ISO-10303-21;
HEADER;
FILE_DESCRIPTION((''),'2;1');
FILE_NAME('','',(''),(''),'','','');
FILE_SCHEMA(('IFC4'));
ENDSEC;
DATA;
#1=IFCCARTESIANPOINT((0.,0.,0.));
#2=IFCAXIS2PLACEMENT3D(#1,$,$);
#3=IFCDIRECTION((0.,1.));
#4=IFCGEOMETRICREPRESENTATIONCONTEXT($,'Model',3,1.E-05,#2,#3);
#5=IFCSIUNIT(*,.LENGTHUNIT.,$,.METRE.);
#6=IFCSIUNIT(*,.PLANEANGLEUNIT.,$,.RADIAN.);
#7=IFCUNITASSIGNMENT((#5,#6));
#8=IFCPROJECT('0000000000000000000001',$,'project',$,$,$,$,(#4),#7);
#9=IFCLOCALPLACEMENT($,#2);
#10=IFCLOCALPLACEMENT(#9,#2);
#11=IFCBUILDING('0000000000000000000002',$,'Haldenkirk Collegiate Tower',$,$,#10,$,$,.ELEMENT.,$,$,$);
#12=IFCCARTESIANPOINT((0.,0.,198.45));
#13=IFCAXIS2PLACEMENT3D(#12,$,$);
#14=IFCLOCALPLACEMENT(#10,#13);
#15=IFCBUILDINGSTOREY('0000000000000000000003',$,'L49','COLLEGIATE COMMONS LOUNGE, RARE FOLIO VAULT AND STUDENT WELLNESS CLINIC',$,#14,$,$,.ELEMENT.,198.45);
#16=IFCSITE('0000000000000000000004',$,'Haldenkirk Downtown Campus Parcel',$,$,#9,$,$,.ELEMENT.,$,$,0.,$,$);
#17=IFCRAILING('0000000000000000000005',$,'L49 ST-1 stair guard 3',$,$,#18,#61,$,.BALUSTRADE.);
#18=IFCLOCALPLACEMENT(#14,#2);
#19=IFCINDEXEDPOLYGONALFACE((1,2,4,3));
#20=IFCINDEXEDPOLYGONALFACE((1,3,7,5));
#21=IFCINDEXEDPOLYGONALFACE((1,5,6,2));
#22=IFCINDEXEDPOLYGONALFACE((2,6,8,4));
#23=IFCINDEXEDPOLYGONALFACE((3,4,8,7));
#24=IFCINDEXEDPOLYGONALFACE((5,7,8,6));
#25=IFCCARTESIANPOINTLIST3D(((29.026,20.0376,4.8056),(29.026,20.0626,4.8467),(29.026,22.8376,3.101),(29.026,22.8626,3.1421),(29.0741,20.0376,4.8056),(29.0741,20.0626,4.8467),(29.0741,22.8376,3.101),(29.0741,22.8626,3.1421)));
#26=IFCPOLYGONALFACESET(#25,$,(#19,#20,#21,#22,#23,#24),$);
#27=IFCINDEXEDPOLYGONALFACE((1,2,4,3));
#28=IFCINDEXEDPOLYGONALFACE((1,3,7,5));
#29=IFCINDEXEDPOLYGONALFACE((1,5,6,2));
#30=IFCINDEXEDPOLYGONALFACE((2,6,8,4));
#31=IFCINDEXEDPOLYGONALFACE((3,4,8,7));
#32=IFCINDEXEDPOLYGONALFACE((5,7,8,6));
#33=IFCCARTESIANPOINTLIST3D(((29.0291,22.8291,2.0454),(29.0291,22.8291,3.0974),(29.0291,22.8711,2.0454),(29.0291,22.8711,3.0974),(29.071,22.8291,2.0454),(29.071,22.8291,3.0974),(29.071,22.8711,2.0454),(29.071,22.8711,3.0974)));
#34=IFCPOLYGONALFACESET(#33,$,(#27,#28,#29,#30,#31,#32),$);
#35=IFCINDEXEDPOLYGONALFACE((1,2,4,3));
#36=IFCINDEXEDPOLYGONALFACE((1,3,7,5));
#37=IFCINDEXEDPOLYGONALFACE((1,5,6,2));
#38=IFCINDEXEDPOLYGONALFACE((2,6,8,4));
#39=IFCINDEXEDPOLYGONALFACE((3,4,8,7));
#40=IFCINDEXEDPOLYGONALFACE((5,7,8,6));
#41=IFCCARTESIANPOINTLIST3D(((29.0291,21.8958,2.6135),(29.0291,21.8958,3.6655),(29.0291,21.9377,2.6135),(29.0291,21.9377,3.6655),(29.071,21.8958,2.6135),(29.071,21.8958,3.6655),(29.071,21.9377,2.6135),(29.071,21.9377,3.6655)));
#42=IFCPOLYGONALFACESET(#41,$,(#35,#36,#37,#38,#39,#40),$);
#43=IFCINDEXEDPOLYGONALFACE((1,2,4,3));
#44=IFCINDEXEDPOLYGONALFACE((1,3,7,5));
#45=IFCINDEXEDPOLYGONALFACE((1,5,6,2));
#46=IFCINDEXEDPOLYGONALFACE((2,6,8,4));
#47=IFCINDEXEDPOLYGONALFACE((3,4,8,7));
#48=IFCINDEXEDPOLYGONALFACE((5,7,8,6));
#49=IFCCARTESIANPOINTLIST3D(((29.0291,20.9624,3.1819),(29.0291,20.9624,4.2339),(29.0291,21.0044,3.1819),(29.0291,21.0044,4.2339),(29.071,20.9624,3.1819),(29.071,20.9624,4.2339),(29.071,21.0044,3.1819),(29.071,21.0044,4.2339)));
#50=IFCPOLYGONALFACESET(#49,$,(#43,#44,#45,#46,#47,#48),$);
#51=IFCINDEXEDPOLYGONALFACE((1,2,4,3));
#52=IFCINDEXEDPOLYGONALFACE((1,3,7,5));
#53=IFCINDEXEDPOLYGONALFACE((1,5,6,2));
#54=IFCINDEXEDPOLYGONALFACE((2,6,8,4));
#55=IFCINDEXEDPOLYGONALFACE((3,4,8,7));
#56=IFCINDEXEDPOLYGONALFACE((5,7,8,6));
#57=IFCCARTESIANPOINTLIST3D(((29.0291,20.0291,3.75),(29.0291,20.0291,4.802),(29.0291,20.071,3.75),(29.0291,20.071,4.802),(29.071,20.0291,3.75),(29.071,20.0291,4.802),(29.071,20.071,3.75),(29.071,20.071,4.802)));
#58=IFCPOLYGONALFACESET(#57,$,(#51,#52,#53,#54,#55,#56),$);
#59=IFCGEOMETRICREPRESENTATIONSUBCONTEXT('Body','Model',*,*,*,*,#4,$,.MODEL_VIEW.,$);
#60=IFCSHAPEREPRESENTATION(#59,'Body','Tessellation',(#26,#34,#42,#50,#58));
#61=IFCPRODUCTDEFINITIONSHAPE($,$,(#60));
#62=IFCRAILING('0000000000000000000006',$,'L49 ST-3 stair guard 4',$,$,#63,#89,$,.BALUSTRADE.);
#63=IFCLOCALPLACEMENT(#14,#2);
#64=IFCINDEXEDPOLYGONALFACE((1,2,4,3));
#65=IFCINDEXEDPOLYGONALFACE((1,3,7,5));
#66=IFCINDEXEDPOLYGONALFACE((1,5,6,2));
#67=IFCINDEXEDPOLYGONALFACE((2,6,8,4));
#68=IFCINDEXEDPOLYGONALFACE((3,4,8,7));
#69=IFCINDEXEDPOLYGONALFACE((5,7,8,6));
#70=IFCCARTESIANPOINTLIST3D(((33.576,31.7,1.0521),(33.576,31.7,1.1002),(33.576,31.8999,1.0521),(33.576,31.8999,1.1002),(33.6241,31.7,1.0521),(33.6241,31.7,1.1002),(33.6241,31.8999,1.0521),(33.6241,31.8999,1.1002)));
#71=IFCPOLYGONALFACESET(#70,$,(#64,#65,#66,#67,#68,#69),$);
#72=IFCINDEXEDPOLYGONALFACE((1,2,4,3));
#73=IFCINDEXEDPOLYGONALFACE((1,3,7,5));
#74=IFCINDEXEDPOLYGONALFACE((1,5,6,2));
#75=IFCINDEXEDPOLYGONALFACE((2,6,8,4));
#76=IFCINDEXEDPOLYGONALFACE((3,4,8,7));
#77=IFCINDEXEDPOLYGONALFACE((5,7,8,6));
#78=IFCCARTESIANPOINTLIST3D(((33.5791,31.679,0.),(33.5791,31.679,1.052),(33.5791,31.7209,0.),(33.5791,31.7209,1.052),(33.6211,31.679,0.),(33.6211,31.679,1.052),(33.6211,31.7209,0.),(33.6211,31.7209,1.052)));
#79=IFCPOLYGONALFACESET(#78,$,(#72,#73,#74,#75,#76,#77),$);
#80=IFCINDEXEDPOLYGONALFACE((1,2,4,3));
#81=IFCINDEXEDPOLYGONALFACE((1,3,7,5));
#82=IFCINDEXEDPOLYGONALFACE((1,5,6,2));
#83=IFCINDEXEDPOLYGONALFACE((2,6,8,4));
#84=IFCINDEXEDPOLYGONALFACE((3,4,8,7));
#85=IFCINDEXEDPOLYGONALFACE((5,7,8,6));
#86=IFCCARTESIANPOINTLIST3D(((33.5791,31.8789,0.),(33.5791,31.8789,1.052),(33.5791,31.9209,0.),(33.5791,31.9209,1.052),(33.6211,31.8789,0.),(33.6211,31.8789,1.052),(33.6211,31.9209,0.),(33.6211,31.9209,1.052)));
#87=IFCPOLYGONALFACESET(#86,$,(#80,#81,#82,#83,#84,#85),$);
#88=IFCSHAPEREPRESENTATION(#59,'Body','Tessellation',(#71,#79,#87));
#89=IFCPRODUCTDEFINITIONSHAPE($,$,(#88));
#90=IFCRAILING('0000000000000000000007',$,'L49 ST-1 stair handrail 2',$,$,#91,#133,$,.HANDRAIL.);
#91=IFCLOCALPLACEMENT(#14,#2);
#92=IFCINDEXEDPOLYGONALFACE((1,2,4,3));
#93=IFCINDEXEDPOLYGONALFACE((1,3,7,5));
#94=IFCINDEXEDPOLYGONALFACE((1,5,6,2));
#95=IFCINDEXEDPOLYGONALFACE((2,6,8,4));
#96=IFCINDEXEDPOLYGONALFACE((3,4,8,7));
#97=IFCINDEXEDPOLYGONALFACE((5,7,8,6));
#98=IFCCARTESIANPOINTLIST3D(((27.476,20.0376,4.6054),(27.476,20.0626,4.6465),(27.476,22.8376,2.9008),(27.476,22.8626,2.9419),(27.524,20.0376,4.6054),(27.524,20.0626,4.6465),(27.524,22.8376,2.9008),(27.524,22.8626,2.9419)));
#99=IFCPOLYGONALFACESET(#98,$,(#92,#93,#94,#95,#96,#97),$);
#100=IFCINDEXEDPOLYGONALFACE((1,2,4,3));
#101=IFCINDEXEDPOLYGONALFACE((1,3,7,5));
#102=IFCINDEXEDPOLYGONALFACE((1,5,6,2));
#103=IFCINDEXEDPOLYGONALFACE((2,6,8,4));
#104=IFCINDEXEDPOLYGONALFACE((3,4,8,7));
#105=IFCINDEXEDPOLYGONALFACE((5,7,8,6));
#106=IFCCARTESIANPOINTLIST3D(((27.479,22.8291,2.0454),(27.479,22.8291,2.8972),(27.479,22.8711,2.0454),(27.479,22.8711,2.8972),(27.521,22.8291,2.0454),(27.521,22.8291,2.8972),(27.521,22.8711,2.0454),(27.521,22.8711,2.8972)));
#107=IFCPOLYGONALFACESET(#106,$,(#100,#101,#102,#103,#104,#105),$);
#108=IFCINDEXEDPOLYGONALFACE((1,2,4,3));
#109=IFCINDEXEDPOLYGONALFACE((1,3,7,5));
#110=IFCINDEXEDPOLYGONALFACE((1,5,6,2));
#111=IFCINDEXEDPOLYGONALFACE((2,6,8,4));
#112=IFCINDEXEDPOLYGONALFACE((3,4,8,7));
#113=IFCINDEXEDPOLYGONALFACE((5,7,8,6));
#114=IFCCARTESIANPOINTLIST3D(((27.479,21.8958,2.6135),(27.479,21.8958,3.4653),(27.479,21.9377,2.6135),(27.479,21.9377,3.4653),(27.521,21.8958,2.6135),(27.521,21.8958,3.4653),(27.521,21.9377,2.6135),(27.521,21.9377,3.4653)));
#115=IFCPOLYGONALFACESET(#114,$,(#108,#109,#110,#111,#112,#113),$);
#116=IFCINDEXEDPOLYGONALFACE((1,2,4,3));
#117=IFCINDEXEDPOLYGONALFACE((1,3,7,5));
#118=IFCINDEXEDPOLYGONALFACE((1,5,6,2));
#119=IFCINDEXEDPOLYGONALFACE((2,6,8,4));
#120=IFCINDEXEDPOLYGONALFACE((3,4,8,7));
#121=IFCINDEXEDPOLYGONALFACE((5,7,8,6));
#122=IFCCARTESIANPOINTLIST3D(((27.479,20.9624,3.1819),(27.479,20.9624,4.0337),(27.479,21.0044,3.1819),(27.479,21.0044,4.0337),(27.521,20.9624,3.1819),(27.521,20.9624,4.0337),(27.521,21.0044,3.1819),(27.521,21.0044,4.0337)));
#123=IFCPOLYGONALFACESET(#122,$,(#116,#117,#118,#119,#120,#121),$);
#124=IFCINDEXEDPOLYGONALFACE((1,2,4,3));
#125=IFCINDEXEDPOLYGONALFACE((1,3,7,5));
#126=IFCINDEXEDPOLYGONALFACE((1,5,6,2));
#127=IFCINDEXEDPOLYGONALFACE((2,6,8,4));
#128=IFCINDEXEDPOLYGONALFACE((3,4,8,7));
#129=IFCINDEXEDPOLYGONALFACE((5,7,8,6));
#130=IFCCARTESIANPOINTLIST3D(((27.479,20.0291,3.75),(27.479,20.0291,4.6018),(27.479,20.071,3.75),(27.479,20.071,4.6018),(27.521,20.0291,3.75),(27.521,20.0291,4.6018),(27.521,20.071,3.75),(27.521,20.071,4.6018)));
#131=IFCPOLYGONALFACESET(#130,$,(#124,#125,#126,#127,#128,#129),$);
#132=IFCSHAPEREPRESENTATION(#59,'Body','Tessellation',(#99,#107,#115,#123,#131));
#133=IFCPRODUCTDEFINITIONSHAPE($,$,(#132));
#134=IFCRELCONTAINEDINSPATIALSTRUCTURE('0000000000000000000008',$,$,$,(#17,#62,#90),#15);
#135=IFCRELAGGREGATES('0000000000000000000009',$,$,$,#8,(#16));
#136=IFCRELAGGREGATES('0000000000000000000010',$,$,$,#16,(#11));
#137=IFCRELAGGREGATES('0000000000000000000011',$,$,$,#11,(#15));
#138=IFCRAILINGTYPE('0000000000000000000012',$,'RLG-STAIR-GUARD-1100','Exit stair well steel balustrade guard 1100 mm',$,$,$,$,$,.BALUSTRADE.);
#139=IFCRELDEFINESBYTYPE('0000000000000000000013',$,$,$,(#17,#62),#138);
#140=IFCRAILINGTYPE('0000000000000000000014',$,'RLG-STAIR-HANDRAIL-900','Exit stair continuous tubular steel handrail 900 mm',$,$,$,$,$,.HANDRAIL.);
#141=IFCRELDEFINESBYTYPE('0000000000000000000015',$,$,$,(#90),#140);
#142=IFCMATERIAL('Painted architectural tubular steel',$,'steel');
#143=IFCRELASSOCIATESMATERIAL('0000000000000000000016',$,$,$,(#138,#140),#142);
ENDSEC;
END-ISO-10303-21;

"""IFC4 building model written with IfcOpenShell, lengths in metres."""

from ifc_helpers import new_model, si_unit, direction, frame, origin, origin_2d, place, context, subcontext, project, spatial, rectangle, extrude, material, type_object, element, save


model = new_model("IFC4")

# Units and contexts
model_context = context("Model", 3, precision=1e-05, world=origin(), true_north=direction((0.0, 1.0)))
body_context = subcontext(model_context, "Body", "Model", "MODEL_VIEW")
ifc_project = project(units=[si_unit("LENGTHUNIT", "METRE"), si_unit("PLANEANGLEUNIT", "RADIAN")], contexts=[model_context])

# Site, building, storey
site_placement = place(None, origin())
site = spatial("IfcSite", under=ifc_project, at=site_placement, Name="Haldenkirk Downtown Campus Parcel", CompositionType="ELEMENT", RefElevation=0.0)
building_placement = place(site_placement, origin())
building = spatial("IfcBuilding", under=site, at=building_placement, Name="Haldenkirk Collegiate Tower", CompositionType="ELEMENT")
storey_placement = place(building_placement, frame((0.0, 0.0, 198.45)))
storey = spatial("IfcBuildingStorey", under=building, at=storey_placement, Name="L49", Description="COLLEGIATE COMMONS LOUNGE, RARE FOLIO VAULT AND STUDENT WELLNESS CLINIC", CompositionType="ELEMENT", Elevation=198.45)

# Railings
ifc_material_1 = material(Name="Painted architectural tubular steel", Category="steel")
railing_type_1 = type_object("IfcRailingType", Name="RLG-STAIR-GUARD-1100", Description="Exit stair well steel balustrade guard 1100 mm", PredefinedType="BALUSTRADE", material=ifc_material_1)
railing_1_placement = place(storey_placement, frame((29.05, 22.8501, 2.0454)))
element("IfcRailing", 1, at=railing_1_placement, inside=storey, type_object=railing_type_1, Name="L49 ST-1 stair guard 3", PredefinedType="BALUSTRADE", context=body_context, shape_type="SweptSolid", body=[
    extrude(rectangle(XDim=0.0481, YDim=0.0481, at=origin_2d()), frame((0.0, 0.0, 1.0762), z_axis=(0.0, -0.85417, 0.519994), x_axis=(1.0, 0.0, 0.0)), (0.0, 0.0, 1.0), 3.2781),
    extrude(rectangle(XDim=0.042, YDim=0.042, at=origin_2d()), origin(), (0.0, 0.0, 1.0), 1.052),
    extrude(rectangle(XDim=0.042, YDim=0.042, at=origin_2d()), frame((0.0, -0.9333, 0.5681)), (0.0, 0.0, 1.0), 1.052),
    extrude(rectangle(XDim=0.042, YDim=0.042, at=origin_2d()), frame((0.0, -1.8667, 1.1365)), (0.0, 0.0, 1.0), 1.052),
    extrude(rectangle(XDim=0.042, YDim=0.042, at=origin_2d()), frame((0.0, -2.8, 1.7046)), (0.0, 0.0, 1.0), 1.052),
])
railing_2_placement = place(storey_placement, frame((33.6001, 31.7, 0.0)))
element("IfcRailing", 2, at=railing_2_placement, inside=storey, type_object=railing_type_1, Name="L49 ST-3 stair guard 4", PredefinedType="BALUSTRADE", context=body_context, shape_type="SweptSolid", body=[
    extrude(rectangle(XDim=0.0481, YDim=0.0481, at=origin_2d()), frame((0.0, 0.0, 1.0762), z_axis=(0.0, 1.0, 0.0), x_axis=(-1.0, 0.0, 0.0)), (0.0, 0.0, 1.0), 0.2),
    extrude(rectangle(XDim=0.042, YDim=0.042, at=origin_2d()), origin(), (0.0, 0.0, 1.0), 1.052),
    extrude(rectangle(XDim=0.042, YDim=0.042, at=origin_2d()), frame((0.0, 0.2, 0.0)), (0.0, 0.0, 1.0), 1.052),
])
railing_type_2 = type_object("IfcRailingType", Name="RLG-STAIR-HANDRAIL-900", Description="Exit stair continuous tubular steel handrail 900 mm", PredefinedType="HANDRAIL", material=ifc_material_1)
railing_3_placement = place(storey_placement, frame((27.5, 22.8501, 2.0454)))
element("IfcRailing", 3, at=railing_3_placement, inside=storey, type_object=railing_type_2, Name="L49 ST-1 stair handrail 2", PredefinedType="HANDRAIL", context=body_context, shape_type="SweptSolid", body=[
    extrude(rectangle(XDim=0.0481, YDim=0.0481, at=origin_2d()), frame((0.0, 0.0, 0.876), z_axis=(0.0, -0.85417, 0.519994), x_axis=(1.0, 0.0, 0.0)), (0.0, 0.0, 1.0), 3.2781),
    extrude(rectangle(XDim=0.042, YDim=0.042, at=origin_2d()), origin(), (0.0, 0.0, 1.0), 0.8518),
    extrude(rectangle(XDim=0.042, YDim=0.042, at=origin_2d()), frame((0.0, -0.9333, 0.5681)), (0.0, 0.0, 1.0), 0.8518),
    extrude(rectangle(XDim=0.042, YDim=0.042, at=origin_2d()), frame((0.0, -1.8667, 1.1365)), (0.0, 0.0, 1.0), 0.8518),
    extrude(rectangle(XDim=0.042, YDim=0.042, at=origin_2d()), frame((0.0, -2.8, 1.7046)), (0.0, 0.0, 1.0), 0.8518),
])

save(model, "model.ifc")
